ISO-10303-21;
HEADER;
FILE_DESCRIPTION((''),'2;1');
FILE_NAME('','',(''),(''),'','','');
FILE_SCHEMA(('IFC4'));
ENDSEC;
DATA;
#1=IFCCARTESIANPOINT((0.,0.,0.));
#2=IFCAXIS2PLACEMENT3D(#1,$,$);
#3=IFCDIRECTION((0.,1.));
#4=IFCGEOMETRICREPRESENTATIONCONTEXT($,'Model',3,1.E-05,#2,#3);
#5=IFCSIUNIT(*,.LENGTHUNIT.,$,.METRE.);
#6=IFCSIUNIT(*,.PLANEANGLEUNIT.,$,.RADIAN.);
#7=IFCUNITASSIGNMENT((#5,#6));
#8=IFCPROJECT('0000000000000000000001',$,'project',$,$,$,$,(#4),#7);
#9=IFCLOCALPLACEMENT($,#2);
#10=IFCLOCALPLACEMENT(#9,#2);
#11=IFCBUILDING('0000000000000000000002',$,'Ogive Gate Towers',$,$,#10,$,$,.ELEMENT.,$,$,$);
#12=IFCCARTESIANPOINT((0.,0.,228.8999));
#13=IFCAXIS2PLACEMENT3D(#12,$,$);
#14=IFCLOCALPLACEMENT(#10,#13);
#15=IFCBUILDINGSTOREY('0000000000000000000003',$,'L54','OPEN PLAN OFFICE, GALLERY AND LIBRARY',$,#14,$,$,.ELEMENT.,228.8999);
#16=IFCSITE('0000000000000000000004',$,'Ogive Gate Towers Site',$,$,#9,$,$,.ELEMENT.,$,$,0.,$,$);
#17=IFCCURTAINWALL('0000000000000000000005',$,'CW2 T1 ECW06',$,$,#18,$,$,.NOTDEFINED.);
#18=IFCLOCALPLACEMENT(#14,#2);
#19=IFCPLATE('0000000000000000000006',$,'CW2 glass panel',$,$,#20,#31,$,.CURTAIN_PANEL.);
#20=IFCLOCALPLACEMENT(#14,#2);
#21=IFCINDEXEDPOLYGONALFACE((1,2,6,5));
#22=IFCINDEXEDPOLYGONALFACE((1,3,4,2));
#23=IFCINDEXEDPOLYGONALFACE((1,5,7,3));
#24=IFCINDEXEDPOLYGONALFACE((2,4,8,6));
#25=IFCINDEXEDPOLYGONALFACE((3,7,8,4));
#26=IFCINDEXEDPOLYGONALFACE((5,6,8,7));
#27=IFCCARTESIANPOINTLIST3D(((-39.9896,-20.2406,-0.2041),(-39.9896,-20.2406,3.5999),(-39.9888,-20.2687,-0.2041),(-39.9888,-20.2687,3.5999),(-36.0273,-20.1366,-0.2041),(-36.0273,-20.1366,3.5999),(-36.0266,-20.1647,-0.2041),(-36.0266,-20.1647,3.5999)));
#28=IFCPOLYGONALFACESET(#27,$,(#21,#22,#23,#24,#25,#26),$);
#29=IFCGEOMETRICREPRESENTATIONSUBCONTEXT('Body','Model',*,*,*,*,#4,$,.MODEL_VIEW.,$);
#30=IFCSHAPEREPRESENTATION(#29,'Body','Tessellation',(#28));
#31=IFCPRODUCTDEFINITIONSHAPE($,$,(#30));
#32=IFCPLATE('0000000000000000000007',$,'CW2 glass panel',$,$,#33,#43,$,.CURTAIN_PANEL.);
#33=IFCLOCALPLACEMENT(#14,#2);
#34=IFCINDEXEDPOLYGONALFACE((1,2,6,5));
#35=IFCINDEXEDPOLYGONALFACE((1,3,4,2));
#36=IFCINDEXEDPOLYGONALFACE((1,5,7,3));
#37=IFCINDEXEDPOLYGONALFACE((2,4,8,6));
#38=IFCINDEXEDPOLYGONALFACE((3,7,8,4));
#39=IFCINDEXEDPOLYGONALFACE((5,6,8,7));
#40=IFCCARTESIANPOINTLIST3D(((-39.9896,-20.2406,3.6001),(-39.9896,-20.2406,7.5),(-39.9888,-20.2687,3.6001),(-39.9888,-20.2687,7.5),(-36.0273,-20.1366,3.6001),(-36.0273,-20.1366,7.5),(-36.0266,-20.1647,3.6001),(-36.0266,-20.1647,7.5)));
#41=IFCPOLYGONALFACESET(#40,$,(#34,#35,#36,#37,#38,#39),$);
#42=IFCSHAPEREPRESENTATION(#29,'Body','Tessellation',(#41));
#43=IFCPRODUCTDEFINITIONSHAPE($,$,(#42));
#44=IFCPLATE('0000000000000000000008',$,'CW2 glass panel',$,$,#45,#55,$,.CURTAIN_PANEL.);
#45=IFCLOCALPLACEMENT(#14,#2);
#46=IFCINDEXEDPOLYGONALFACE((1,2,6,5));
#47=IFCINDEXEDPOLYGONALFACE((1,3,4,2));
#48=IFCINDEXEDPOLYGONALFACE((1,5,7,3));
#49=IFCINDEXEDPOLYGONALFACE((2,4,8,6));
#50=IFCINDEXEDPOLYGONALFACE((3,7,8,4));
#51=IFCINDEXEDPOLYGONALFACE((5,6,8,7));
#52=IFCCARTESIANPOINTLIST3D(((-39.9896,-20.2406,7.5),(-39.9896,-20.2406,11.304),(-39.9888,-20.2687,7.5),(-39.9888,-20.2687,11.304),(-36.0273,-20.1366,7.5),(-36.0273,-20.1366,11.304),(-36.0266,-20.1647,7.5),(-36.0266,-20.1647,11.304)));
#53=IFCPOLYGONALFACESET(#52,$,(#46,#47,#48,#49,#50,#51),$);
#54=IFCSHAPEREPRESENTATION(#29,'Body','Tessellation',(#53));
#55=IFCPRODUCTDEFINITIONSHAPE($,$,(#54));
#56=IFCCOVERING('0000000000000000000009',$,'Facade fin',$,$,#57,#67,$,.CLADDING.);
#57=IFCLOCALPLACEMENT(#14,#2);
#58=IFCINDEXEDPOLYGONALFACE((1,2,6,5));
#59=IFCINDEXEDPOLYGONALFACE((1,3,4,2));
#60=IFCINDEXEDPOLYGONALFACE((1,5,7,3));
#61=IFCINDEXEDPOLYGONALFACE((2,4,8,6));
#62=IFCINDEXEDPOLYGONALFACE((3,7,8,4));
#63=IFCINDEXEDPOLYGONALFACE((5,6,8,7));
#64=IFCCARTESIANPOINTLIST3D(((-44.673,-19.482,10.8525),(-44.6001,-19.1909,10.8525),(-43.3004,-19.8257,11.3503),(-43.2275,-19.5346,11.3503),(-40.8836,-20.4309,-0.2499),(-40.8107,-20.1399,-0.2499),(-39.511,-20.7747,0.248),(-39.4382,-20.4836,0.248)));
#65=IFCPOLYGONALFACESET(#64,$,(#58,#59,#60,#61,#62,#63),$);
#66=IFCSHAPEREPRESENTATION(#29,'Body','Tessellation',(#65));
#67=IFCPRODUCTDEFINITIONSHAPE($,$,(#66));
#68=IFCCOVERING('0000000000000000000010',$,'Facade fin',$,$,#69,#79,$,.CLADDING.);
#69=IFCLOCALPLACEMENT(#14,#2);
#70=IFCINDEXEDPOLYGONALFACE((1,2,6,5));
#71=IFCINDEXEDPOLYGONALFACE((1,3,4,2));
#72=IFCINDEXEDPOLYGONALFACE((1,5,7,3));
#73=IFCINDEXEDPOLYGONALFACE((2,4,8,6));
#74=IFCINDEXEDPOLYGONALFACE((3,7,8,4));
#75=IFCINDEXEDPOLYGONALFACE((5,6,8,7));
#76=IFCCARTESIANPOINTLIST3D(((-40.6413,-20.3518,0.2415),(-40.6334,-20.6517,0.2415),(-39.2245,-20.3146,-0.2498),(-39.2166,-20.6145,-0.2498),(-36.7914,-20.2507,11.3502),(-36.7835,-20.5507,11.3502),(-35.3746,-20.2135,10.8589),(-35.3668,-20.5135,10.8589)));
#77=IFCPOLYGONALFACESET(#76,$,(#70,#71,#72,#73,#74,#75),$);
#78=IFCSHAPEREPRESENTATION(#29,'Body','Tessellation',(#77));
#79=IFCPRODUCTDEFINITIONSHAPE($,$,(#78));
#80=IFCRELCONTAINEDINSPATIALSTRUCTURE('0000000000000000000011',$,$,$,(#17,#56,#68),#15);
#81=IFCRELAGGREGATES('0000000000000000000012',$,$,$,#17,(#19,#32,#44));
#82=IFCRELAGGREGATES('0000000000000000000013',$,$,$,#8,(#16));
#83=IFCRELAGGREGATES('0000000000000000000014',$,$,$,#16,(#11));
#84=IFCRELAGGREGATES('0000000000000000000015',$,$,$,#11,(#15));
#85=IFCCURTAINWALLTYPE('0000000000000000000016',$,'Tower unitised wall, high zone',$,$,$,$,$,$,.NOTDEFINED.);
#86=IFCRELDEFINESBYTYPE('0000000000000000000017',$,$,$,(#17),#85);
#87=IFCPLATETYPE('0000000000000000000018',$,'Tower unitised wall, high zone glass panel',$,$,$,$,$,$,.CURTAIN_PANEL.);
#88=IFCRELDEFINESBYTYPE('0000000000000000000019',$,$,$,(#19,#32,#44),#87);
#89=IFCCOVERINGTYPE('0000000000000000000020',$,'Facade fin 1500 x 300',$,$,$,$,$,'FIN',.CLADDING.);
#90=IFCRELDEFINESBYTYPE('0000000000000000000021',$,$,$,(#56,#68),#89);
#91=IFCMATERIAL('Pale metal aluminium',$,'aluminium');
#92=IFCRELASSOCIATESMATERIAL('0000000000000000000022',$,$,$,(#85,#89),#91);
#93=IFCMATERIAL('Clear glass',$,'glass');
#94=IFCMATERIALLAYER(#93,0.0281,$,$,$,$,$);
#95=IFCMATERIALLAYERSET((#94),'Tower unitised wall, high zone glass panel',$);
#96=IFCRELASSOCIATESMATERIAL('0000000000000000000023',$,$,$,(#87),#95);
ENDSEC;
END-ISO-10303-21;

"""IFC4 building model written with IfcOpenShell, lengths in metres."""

from ifc_helpers import new_model, si_unit, direction, frame, origin, origin_2d, place, context, subcontext, project, spatial, rectangle, extrude, material, layer, layer_set, material_profile, profile_set, type_object, element, aggregate, save


model = new_model("IFC4")

# Units and contexts
model_context = context("Model", 3, precision=1e-05, world=origin(), true_north=direction((0.0, 1.0)))
body_context = subcontext(model_context, "Body", "Model", "MODEL_VIEW")
ifc_project = project(units=[si_unit("LENGTHUNIT", "METRE"), si_unit("PLANEANGLEUNIT", "RADIAN")], contexts=[model_context])

# Site, building, storey
site_placement = place(None, origin())
site = spatial("IfcSite", under=ifc_project, at=site_placement, Name="Ogive Gate Towers Site", CompositionType="ELEMENT", RefElevation=0.0)
building_placement = place(site_placement, origin())
building = spatial("IfcBuilding", under=site, at=building_placement, Name="Ogive Gate Towers", CompositionType="ELEMENT")
storey_placement = place(building_placement, frame((0.0, 0.0, 228.8999)))
storey = spatial("IfcBuildingStorey", under=building, at=storey_placement, Name="L54", Description="OPEN PLAN OFFICE, GALLERY AND LIBRARY", CompositionType="ELEMENT", Elevation=228.8999)

# Curtain wall, plates
ifc_material_1 = material(Name="Pale metal aluminium", Category="aluminium")
curtain_wall_type = type_object("IfcCurtainWallType", Name="Tower unitised wall, high zone", PredefinedType="NOTDEFINED", material=ifc_material_1)
curtain_wall_placement = place(storey_placement, origin())
curtain_wall = element("IfcCurtainWall", 1, at=curtain_wall_placement, inside=storey, type_object=curtain_wall_type, Name="CW2 T1 ECW06", PredefinedType="NOTDEFINED")
ifc_material_2 = material(Name="Clear glass", Category="glass")
ifc_layer = layer(ifc_material_2, 0.0281)
ifc_layer_set = layer_set([ifc_layer], Name="Tower unitised wall, high zone glass panel")
plate_type = type_object("IfcPlateType", Name="Tower unitised wall, high zone glass panel", PredefinedType="CURTAIN_PANEL", material=ifc_layer_set)
plate_1_placement = place(storey_placement, frame((-38.0081, -20.2026, -0.2041), z_axis=(0.0, 0.0, 1.0), x_axis=(0.999656, 0.026229, 0.0)))
plate_1 = element("IfcPlate", 2, at=plate_1_placement, type_object=plate_type, Name="CW2 glass panel", PredefinedType="CURTAIN_PANEL", context=body_context, shape_type="SweptSolid", body=[
    extrude(rectangle(XDim=3.9636, YDim=0.0281, at=origin_2d()), origin(), (0.0, 0.0, 1.0), 3.804),
])
plate_2_placement = place(storey_placement, frame((-38.0081, -20.2026, 3.6001), z_axis=(0.0, 0.0, 1.0), x_axis=(0.999656, 0.026229, 0.0)))
plate_2 = element("IfcPlate", 3, at=plate_2_placement, type_object=plate_type, Name="CW2 glass panel", PredefinedType="CURTAIN_PANEL", context=body_context, shape_type="SweptSolid", body=[
    extrude(rectangle(XDim=3.9636, YDim=0.0281, at=origin_2d()), origin(), (0.0, 0.0, 1.0), 3.8999),
])
plate_3_placement = place(storey_placement, frame((-38.0081, -20.2026, 7.5), z_axis=(0.0, 0.0, 1.0), x_axis=(0.999656, 0.026229, 0.0)))
plate_3 = element("IfcPlate", 4, at=plate_3_placement, type_object=plate_type, Name="CW2 glass panel", PredefinedType="CURTAIN_PANEL", context=body_context, shape_type="SweptSolid", body=[
    extrude(rectangle(XDim=3.9636, YDim=0.0281, at=origin_2d()), origin(), (0.0, 0.0, 1.0), 3.804),
])
aggregate(curtain_wall, [plate_1, plate_2, plate_3])

# Coverings
ifc_material_profile_1 = material_profile(ifc_material_1, rectangle(XDim=0.3, YDim=1.5, at=origin_2d()), Name="1500 x 300 pale metal aluminium")
ifc_profile_set_1 = profile_set([ifc_material_profile_1], Name="Pale metal aluminium")
covering_type = type_object("IfcCoveringType", Name="Facade fin 1500 x 300", ElementType="FIN", PredefinedType="CLADDING", material=ifc_profile_set_1)
covering_1_placement = place(storey_placement, frame((-40.1609, -20.4573, -0.001), z_axis=(-0.321961, 0.08063, 0.943313), x_axis=(-0.242933, -0.970043, 0.0)))
element("IfcCovering", 5, at=covering_1_placement, inside=storey, type_object=covering_type, Name="Facade fin", PredefinedType="CLADDING", context=body_context, shape_type="SweptSolid", body=[
    extrude(rectangle(XDim=0.3, YDim=1.5, at=origin_2d()), origin(), (0.0, 0.0, 1.0), 11.7695),
])
covering_2_placement = place(storey_placement, frame((-39.929, -20.4832, -0.0042), z_axis=(0.327444, 0.008597, 0.944831), x_axis=(-0.026245, 0.999656, 0.0)))
element("IfcCovering", 6, at=covering_2_placement, inside=storey, type_object=covering_type, Name="Facade fin", PredefinedType="CLADDING", context=body_context, shape_type="SweptSolid", body=[
    extrude(rectangle(XDim=0.3, YDim=1.5, at=origin_2d()), origin(), (0.0, 0.0, 1.0), 11.7573),
])

save(model, "model.ifc")
